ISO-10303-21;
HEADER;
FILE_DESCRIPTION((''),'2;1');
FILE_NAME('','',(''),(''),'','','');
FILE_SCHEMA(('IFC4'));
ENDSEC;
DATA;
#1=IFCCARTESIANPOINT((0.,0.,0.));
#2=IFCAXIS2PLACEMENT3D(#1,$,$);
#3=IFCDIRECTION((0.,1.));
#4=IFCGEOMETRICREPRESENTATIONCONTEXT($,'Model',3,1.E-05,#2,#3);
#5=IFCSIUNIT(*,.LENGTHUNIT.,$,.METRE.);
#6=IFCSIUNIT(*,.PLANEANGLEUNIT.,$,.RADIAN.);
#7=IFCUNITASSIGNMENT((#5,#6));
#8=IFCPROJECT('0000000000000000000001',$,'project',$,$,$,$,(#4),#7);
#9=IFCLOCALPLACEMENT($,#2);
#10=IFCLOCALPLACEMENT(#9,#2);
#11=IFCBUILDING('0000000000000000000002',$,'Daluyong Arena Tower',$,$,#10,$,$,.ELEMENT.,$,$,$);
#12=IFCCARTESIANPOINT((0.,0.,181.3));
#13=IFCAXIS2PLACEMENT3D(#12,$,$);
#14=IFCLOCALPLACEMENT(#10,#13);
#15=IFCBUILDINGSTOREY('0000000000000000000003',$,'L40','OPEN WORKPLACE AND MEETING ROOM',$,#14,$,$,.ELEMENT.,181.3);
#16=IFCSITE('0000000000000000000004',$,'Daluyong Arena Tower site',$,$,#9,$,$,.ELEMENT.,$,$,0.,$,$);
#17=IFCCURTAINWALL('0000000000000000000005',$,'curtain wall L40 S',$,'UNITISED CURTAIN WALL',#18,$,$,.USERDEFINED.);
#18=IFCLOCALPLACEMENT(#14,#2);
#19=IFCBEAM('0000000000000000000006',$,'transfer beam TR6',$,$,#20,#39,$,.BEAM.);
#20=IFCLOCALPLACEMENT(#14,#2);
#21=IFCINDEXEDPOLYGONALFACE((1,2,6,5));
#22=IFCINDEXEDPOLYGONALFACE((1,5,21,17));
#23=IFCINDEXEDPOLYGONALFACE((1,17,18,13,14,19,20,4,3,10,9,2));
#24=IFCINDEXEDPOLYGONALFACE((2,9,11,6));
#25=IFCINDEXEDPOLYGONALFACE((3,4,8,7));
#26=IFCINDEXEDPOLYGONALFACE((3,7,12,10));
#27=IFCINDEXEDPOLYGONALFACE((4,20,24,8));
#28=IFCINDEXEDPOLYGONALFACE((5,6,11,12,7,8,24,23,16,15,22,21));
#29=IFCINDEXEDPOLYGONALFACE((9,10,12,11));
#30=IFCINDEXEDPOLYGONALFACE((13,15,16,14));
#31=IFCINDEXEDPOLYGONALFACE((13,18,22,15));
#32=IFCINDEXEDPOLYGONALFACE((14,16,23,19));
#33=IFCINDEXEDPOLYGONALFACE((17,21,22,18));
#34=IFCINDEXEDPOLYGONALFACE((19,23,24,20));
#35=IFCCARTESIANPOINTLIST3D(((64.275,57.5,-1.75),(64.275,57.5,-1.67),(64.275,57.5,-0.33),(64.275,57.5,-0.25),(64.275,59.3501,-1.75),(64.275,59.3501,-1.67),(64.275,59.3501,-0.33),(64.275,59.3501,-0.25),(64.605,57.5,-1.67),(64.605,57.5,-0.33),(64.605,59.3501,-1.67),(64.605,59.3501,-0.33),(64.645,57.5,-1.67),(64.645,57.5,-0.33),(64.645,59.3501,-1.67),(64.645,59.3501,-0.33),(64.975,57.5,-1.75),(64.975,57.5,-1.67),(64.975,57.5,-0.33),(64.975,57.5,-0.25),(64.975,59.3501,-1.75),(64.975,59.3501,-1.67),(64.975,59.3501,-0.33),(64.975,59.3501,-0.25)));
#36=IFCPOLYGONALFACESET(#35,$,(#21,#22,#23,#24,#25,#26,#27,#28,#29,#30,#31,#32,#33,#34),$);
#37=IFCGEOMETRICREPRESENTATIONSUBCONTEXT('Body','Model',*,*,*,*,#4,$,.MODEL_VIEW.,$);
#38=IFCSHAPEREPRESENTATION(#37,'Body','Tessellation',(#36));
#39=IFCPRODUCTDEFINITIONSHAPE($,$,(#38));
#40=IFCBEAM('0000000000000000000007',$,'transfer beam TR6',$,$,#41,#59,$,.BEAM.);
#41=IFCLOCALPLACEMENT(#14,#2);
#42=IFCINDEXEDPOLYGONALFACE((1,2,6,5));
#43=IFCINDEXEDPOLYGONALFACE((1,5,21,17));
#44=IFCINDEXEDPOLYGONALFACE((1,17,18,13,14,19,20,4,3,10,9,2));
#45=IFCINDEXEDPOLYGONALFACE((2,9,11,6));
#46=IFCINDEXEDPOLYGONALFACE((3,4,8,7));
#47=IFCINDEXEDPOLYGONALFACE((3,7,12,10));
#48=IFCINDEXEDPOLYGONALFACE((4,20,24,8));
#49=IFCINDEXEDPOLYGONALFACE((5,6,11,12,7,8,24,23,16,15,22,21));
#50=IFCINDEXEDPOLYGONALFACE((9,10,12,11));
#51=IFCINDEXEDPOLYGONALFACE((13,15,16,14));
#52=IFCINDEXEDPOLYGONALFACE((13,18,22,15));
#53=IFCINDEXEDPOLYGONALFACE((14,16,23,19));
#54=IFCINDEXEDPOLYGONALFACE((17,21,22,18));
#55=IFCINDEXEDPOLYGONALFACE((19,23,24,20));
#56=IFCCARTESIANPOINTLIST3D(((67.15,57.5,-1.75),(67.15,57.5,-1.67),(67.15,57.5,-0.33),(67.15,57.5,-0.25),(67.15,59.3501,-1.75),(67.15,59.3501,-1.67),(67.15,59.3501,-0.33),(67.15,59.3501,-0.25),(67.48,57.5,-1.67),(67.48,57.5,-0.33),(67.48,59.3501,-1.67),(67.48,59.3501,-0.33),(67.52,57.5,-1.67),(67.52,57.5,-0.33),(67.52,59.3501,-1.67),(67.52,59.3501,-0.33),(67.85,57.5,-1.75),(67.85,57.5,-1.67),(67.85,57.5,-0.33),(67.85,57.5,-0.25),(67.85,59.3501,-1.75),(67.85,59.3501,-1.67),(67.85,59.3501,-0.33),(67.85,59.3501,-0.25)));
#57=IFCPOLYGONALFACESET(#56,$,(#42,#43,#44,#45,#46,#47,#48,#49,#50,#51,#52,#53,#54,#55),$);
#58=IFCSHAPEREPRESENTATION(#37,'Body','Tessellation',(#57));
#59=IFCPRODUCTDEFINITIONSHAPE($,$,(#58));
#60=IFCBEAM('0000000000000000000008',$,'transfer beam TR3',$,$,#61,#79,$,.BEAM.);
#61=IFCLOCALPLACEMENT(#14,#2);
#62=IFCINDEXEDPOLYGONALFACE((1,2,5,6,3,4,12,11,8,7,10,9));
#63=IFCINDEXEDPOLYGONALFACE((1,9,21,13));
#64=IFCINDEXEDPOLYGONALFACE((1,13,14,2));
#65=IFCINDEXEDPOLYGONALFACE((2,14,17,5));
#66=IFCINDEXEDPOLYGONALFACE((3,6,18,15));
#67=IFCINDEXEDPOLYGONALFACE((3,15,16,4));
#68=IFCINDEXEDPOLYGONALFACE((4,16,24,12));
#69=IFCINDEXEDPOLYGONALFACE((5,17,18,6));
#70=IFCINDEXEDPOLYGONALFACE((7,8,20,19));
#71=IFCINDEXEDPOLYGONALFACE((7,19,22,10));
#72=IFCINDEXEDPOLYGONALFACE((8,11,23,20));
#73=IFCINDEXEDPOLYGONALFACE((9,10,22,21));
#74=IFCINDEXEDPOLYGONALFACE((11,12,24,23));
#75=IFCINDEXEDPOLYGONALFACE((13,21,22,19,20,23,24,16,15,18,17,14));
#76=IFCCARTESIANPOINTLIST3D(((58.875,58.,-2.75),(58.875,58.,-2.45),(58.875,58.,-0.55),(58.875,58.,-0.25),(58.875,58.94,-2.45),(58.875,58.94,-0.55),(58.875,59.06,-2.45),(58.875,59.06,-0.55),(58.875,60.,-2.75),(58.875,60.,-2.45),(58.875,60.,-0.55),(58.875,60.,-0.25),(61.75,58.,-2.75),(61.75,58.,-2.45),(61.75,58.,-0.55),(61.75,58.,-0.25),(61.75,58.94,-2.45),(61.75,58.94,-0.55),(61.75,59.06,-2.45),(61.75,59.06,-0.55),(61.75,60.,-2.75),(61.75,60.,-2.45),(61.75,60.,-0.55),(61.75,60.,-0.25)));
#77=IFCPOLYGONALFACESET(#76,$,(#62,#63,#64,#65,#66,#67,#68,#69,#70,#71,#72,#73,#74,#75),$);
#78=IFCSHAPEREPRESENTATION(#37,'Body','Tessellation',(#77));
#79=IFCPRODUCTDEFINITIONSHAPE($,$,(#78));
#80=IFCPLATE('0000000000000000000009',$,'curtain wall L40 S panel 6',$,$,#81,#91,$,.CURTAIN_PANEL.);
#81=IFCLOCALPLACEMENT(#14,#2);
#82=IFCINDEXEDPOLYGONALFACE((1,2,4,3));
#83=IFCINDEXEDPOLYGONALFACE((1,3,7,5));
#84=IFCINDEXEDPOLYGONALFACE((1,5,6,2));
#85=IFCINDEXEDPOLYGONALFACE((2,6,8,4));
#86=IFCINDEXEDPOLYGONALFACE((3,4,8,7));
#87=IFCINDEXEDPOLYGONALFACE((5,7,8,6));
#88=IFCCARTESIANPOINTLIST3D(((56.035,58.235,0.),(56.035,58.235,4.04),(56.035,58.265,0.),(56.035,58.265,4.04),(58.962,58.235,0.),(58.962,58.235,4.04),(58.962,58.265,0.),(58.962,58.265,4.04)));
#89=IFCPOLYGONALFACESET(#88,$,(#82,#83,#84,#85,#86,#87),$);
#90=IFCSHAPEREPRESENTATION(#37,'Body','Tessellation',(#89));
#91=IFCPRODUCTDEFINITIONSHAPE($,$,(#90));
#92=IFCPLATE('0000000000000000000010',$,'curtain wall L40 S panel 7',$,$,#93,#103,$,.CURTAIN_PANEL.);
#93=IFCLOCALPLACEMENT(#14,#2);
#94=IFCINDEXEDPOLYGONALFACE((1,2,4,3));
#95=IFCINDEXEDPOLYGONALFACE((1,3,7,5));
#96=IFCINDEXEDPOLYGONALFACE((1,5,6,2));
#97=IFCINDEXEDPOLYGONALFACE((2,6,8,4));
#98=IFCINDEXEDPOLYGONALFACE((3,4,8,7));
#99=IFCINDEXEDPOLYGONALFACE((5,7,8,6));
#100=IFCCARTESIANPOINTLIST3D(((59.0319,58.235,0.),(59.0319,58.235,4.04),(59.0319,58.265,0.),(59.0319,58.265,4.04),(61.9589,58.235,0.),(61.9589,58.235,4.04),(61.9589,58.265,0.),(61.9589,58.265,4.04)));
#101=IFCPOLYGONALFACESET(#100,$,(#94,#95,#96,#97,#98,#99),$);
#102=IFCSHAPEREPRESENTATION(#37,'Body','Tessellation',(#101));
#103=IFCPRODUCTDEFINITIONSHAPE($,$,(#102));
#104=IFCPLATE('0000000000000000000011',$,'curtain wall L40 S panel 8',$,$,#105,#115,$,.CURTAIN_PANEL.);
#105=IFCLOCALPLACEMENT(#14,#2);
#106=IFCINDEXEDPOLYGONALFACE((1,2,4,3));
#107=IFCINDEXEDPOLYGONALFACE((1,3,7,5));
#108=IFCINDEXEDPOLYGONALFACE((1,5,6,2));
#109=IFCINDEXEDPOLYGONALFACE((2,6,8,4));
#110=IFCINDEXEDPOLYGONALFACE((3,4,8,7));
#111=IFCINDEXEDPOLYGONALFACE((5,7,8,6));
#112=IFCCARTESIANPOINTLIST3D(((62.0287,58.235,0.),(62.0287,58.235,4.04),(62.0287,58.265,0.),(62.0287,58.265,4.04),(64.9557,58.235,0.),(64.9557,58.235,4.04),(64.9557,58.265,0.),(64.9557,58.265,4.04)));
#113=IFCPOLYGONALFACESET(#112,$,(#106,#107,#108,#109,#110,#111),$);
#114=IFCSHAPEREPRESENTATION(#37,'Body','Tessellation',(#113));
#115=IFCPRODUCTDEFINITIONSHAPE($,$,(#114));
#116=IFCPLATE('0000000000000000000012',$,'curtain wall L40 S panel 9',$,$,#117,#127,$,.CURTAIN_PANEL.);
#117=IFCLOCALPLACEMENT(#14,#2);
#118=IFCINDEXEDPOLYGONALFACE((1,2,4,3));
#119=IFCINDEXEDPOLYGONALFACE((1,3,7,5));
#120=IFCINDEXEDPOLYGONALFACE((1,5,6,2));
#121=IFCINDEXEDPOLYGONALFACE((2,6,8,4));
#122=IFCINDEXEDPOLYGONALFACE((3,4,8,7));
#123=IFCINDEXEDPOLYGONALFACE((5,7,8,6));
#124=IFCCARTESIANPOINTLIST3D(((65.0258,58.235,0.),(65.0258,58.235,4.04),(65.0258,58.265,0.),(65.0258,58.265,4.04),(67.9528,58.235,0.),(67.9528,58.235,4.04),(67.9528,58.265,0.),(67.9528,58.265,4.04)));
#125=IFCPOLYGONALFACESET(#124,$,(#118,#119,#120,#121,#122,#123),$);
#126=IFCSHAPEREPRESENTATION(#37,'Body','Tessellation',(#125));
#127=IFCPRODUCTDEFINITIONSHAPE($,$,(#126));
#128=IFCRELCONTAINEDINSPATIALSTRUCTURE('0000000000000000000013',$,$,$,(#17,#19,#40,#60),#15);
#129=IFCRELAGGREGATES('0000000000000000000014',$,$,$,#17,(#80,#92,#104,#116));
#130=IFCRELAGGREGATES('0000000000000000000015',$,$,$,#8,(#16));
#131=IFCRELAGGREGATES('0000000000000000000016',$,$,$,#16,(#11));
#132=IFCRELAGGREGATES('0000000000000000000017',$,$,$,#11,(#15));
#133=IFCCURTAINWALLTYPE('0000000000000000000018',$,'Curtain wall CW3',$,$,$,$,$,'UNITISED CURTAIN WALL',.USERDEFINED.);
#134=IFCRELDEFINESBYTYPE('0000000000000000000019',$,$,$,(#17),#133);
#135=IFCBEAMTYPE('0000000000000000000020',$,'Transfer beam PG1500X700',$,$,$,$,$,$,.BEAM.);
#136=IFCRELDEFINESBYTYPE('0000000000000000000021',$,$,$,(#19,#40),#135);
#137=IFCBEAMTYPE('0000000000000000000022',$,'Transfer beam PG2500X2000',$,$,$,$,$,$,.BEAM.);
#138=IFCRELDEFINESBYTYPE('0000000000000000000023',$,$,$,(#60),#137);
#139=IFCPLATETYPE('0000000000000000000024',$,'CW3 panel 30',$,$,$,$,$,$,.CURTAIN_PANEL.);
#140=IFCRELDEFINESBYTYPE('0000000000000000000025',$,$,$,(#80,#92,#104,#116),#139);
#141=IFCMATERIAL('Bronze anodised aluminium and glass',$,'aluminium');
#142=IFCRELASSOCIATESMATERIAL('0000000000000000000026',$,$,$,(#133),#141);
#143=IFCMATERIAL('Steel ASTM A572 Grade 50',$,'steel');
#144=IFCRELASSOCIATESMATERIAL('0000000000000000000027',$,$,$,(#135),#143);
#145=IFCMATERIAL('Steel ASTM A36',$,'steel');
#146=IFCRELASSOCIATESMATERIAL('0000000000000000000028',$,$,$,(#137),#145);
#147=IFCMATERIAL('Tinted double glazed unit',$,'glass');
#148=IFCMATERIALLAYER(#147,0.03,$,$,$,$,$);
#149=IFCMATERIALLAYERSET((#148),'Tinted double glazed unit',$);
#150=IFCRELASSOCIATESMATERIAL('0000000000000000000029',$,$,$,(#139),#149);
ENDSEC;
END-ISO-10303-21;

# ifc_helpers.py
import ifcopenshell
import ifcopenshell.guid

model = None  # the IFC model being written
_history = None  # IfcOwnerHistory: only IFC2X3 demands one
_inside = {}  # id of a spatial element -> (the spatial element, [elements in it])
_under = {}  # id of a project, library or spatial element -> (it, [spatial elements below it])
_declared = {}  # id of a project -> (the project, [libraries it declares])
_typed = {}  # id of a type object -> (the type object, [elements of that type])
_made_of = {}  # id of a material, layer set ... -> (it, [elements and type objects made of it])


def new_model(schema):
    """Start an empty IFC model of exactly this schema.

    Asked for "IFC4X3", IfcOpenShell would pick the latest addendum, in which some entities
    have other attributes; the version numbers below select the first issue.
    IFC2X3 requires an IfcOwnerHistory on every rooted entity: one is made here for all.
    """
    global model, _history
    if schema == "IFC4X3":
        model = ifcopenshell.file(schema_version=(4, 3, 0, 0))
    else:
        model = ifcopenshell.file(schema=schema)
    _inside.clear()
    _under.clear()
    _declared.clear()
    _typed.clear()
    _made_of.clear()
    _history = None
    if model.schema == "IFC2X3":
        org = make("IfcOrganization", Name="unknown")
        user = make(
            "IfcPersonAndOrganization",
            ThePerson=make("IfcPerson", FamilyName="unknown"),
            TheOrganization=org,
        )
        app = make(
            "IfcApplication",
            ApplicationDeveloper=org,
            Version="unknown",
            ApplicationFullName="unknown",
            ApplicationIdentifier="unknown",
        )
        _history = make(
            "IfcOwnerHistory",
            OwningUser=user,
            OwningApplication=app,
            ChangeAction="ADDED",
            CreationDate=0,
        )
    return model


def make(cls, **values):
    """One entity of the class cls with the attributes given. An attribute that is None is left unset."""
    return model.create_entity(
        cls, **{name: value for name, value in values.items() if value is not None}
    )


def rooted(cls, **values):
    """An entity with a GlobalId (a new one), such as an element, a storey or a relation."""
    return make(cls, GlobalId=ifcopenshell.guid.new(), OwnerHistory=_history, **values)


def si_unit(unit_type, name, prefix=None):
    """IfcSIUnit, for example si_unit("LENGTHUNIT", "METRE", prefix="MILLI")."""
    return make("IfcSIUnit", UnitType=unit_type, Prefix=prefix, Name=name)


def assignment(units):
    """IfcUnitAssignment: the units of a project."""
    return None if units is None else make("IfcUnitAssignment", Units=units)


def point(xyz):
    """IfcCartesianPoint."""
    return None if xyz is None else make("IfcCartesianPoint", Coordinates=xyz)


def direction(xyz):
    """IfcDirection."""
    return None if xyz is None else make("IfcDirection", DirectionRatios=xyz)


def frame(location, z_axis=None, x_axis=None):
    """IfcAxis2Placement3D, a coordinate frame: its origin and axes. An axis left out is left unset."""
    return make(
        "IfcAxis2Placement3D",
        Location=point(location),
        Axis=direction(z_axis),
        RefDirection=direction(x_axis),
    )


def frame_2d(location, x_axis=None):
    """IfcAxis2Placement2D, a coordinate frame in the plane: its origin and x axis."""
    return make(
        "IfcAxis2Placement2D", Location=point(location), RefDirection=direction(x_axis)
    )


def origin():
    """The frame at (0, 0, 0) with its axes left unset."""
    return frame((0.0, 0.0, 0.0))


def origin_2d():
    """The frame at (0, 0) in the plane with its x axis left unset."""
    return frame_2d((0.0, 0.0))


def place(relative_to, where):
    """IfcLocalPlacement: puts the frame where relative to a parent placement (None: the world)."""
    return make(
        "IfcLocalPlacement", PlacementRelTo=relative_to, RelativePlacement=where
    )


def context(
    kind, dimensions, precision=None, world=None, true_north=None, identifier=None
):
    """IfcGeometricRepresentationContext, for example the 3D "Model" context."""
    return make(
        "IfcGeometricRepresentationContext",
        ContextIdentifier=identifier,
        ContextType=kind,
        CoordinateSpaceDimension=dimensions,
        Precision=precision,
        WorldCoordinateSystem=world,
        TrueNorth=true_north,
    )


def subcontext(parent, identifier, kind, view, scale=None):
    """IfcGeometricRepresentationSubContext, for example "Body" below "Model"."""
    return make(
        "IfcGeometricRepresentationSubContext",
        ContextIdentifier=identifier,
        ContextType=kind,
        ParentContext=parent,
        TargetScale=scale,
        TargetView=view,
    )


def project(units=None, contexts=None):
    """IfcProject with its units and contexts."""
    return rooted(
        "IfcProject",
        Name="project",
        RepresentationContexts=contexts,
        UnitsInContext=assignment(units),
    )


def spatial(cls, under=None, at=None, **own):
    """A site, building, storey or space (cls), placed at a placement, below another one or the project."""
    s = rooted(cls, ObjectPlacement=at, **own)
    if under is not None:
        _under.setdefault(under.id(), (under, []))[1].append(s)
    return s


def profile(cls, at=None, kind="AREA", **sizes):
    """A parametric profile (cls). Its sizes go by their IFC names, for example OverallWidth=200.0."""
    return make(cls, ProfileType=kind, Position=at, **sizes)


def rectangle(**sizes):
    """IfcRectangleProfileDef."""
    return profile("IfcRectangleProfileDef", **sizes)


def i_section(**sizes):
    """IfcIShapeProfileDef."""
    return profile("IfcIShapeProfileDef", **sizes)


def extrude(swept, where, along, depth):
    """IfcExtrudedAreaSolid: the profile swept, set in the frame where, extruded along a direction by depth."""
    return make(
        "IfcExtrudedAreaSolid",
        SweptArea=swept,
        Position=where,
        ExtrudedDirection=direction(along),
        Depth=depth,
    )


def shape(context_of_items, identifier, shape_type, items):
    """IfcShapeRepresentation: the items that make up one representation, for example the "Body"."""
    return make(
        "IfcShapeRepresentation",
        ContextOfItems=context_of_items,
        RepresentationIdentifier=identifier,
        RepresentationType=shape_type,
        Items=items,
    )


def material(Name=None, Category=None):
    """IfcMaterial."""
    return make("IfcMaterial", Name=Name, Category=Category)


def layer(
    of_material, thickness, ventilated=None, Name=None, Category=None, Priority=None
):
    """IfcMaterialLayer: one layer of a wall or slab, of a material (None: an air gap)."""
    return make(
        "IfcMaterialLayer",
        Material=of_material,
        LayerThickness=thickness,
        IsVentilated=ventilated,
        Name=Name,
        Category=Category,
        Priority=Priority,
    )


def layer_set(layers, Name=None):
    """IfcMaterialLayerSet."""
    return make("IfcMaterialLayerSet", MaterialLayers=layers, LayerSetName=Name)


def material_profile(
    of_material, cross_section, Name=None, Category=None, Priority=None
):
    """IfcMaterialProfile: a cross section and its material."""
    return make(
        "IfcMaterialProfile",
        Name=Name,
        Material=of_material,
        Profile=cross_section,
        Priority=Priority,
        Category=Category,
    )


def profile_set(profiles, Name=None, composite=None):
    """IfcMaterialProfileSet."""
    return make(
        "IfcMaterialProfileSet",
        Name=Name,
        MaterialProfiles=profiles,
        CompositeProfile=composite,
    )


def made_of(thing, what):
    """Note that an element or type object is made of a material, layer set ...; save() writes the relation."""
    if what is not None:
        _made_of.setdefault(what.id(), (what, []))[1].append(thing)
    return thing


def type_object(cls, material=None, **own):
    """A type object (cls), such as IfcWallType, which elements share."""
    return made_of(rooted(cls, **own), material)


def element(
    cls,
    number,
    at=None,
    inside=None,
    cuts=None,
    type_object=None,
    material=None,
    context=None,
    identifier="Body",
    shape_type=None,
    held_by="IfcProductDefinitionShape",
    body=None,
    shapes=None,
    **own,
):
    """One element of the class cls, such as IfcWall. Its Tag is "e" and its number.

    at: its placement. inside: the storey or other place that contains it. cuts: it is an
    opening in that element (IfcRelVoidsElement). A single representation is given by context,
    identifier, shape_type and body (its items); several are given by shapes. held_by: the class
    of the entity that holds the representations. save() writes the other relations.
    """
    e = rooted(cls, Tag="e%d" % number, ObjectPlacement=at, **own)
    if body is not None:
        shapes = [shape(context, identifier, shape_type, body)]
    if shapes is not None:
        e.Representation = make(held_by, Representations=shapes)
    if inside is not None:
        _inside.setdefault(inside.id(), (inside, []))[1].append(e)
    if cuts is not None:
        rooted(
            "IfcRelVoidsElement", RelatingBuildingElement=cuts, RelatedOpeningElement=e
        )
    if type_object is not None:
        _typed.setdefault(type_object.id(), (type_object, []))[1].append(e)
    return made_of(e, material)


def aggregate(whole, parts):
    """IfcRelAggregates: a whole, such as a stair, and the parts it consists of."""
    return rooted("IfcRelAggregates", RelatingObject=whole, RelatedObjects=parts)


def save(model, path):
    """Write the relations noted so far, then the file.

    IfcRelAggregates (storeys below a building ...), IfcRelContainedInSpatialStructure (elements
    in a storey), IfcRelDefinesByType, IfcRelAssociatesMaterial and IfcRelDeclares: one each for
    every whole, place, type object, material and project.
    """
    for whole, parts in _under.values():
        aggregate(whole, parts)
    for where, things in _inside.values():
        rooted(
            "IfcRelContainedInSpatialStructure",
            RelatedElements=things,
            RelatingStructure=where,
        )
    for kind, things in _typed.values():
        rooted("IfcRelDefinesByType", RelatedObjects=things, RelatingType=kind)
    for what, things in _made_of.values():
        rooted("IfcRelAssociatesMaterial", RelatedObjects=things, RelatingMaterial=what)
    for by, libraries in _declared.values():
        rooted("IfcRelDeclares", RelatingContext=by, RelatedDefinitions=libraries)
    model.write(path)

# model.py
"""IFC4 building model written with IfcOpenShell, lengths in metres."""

from ifc_helpers import new_model, si_unit, direction, frame, origin, origin_2d, place, context, subcontext, project, spatial, rectangle, i_section, extrude, material, layer, layer_set, material_profile, profile_set, type_object, element, aggregate, save


model = new_model("IFC4")

# Units and contexts
model_context = context("Model", 3, precision=1e-05, world=origin(), true_north=direction((0.0, 1.0)))
body_context = subcontext(model_context, "Body", "Model", "MODEL_VIEW")
ifc_project = project(units=[si_unit("LENGTHUNIT", "METRE"), si_unit("PLANEANGLEUNIT", "RADIAN")], contexts=[model_context])

# Site, building, storey
site_placement = place(None, origin())
site = spatial("IfcSite", under=ifc_project, at=site_placement, Name="Daluyong Arena Tower site", CompositionType="ELEMENT", RefElevation=0.0)
building_placement = place(site_placement, origin())
building = spatial("IfcBuilding", under=site, at=building_placement, Name="Daluyong Arena Tower", CompositionType="ELEMENT")
storey_placement = place(building_placement, frame((0.0, 0.0, 181.3)))
storey = spatial("IfcBuildingStorey", under=building, at=storey_placement, Name="L40", Description="OPEN WORKPLACE AND MEETING ROOM", CompositionType="ELEMENT", Elevation=181.3)

# Curtain wall
ifc_material_1 = material(Name="Bronze anodised aluminium and glass", Category="aluminium")
curtain_wall_type = type_object("IfcCurtainWallType", Name="Curtain wall CW3", ElementType="UNITISED CURTAIN WALL", PredefinedType="USERDEFINED", material=ifc_material_1)
curtain_wall_placement = place(storey_placement, origin())
curtain_wall = element("IfcCurtainWall", 1, at=curtain_wall_placement, inside=storey, type_object=curtain_wall_type, Name="curtain wall L40 S", ObjectType="UNITISED CURTAIN WALL", PredefinedType="USERDEFINED")

# Beams
ifc_material_2 = material(Name="Steel ASTM A572 Grade 50", Category="steel")
ifc_material_profile_1 = material_profile(ifc_material_2, i_section(OverallWidth=0.7, OverallDepth=1.5, WebThickness=0.04, FlangeThickness=0.08, at=origin_2d()))
ifc_profile_set_1 = profile_set([ifc_material_profile_1], Name="Steel ASTM A572 Grade 50")
beam_type_1 = type_object("IfcBeamType", Name="Transfer beam PG1500X700", PredefinedType="BEAM", material=ifc_profile_set_1)
for number, where, z_axis, x_axis, name in (
    (2, (64.625, 57.5, -1.0), (0.0, 1.0, 0.0), (-1.0, 0.0, 0.0), "transfer beam TR6"),
    (3, (67.5, 57.5, -1.0), (0.0, 1.0, 0.0), (-1.0, 0.0, 0.0), "transfer beam TR6"),
):
    element("IfcBeam", number, at=place(storey_placement, frame(where, z_axis=z_axis, x_axis=x_axis)), inside=storey, type_object=beam_type_1, Name=name, PredefinedType="BEAM", context=body_context, shape_type="SweptSolid", body=[
        extrude(i_section(OverallWidth=0.7, OverallDepth=1.5, WebThickness=0.04, FlangeThickness=0.08, at=origin_2d()), origin(), (0.0, 0.0, 1.0), 1.8501),
    ])
ifc_material_3 = material(Name="Steel ASTM A36", Category="steel")
ifc_material_profile_2 = material_profile(ifc_material_3, i_section(OverallWidth=2.0, OverallDepth=2.5, WebThickness=0.12, FlangeThickness=0.3, at=origin_2d()))
ifc_profile_set_2 = profile_set([ifc_material_profile_2], Name="Steel ASTM A36")
beam_type_2 = type_object("IfcBeamType", Name="Transfer beam PG2500X2000", PredefinedType="BEAM", material=ifc_profile_set_2)
beam_placement = place(storey_placement, frame((58.875, 59.0, -1.5), z_axis=(1.0, 0.0, 0.0), x_axis=(0.0, 1.0, 0.0)))
element("IfcBeam", 4, at=beam_placement, inside=storey, type_object=beam_type_2, Name="transfer beam TR3", PredefinedType="BEAM", context=body_context, shape_type="SweptSolid", body=[
    extrude(i_section(OverallWidth=2.0, OverallDepth=2.5, WebThickness=0.12, FlangeThickness=0.3, at=origin_2d()), origin(), (0.0, 0.0, 1.0), 2.875),
])

# Plates
ifc_material_4 = material(Name="Tinted double glazed unit", Category="glass")
ifc_layer = layer(ifc_material_4, 0.03)
ifc_layer_set = layer_set([ifc_layer], Name="Tinted double glazed unit")
plate_type = type_object("IfcPlateType", Name="CW3 panel 30", PredefinedType="CURTAIN_PANEL", material=ifc_layer_set)
plate_1_placement = place(storey_placement, frame((57.4985, 58.25, 0.0), z_axis=(0.0, 0.0, 1.0), x_axis=(1.0, 0.0, 0.0)))
plate_1 = element("IfcPlate", 5, at=plate_1_placement, type_object=plate_type, Name="curtain wall L40 S panel 6", PredefinedType="CURTAIN_PANEL", context=body_context, shape_type="SweptSolid", body=[
    extrude(rectangle(XDim=2.927, YDim=0.03, at=origin_2d()), origin(), (0.0, 0.0, 1.0), 4.04),
])
plate_2_placement = place(storey_placement, frame((60.4954, 58.25, 0.0), z_axis=(0.0, 0.0, 1.0), x_axis=(1.0, 0.0, 0.0)))
plate_2 = element("IfcPlate", 6, at=plate_2_placement, type_object=plate_type, Name="curtain wall L40 S panel 7", PredefinedType="CURTAIN_PANEL", context=body_context, shape_type="SweptSolid", body=[
    extrude(rectangle(XDim=2.927, YDim=0.03, at=origin_2d()), origin(), (0.0, 0.0, 1.0), 4.04),
])
plate_3_placement = place(storey_placement, frame((63.4922, 58.25, 0.0), z_axis=(0.0, 0.0, 1.0), x_axis=(1.0, 0.0, 0.0)))
plate_3 = element("IfcPlate", 7, at=plate_3_placement, type_object=plate_type, Name="curtain wall L40 S panel 8", PredefinedType="CURTAIN_PANEL", context=body_context, shape_type="SweptSolid", body=[
    extrude(rectangle(XDim=2.927, YDim=0.03, at=origin_2d()), origin(), (0.0, 0.0, 1.0), 4.04),
])
plate_4_placement = place(storey_placement, frame((66.4893, 58.25, 0.0), z_axis=(0.0, 0.0, 1.0), x_axis=(1.0, 0.0, 0.0)))
plate_4 = element("IfcPlate", 8, at=plate_4_placement, type_object=plate_type, Name="curtain wall L40 S panel 9", PredefinedType="CURTAIN_PANEL", context=body_context, shape_type="SweptSolid", body=[
    extrude(rectangle(XDim=2.927, YDim=0.03, at=origin_2d()), origin(), (0.0, 0.0, 1.0), 4.04),
])
aggregate(curtain_wall, [plate_1, plate_2, plate_3, plate_4])

save(model, "model.ifc")
